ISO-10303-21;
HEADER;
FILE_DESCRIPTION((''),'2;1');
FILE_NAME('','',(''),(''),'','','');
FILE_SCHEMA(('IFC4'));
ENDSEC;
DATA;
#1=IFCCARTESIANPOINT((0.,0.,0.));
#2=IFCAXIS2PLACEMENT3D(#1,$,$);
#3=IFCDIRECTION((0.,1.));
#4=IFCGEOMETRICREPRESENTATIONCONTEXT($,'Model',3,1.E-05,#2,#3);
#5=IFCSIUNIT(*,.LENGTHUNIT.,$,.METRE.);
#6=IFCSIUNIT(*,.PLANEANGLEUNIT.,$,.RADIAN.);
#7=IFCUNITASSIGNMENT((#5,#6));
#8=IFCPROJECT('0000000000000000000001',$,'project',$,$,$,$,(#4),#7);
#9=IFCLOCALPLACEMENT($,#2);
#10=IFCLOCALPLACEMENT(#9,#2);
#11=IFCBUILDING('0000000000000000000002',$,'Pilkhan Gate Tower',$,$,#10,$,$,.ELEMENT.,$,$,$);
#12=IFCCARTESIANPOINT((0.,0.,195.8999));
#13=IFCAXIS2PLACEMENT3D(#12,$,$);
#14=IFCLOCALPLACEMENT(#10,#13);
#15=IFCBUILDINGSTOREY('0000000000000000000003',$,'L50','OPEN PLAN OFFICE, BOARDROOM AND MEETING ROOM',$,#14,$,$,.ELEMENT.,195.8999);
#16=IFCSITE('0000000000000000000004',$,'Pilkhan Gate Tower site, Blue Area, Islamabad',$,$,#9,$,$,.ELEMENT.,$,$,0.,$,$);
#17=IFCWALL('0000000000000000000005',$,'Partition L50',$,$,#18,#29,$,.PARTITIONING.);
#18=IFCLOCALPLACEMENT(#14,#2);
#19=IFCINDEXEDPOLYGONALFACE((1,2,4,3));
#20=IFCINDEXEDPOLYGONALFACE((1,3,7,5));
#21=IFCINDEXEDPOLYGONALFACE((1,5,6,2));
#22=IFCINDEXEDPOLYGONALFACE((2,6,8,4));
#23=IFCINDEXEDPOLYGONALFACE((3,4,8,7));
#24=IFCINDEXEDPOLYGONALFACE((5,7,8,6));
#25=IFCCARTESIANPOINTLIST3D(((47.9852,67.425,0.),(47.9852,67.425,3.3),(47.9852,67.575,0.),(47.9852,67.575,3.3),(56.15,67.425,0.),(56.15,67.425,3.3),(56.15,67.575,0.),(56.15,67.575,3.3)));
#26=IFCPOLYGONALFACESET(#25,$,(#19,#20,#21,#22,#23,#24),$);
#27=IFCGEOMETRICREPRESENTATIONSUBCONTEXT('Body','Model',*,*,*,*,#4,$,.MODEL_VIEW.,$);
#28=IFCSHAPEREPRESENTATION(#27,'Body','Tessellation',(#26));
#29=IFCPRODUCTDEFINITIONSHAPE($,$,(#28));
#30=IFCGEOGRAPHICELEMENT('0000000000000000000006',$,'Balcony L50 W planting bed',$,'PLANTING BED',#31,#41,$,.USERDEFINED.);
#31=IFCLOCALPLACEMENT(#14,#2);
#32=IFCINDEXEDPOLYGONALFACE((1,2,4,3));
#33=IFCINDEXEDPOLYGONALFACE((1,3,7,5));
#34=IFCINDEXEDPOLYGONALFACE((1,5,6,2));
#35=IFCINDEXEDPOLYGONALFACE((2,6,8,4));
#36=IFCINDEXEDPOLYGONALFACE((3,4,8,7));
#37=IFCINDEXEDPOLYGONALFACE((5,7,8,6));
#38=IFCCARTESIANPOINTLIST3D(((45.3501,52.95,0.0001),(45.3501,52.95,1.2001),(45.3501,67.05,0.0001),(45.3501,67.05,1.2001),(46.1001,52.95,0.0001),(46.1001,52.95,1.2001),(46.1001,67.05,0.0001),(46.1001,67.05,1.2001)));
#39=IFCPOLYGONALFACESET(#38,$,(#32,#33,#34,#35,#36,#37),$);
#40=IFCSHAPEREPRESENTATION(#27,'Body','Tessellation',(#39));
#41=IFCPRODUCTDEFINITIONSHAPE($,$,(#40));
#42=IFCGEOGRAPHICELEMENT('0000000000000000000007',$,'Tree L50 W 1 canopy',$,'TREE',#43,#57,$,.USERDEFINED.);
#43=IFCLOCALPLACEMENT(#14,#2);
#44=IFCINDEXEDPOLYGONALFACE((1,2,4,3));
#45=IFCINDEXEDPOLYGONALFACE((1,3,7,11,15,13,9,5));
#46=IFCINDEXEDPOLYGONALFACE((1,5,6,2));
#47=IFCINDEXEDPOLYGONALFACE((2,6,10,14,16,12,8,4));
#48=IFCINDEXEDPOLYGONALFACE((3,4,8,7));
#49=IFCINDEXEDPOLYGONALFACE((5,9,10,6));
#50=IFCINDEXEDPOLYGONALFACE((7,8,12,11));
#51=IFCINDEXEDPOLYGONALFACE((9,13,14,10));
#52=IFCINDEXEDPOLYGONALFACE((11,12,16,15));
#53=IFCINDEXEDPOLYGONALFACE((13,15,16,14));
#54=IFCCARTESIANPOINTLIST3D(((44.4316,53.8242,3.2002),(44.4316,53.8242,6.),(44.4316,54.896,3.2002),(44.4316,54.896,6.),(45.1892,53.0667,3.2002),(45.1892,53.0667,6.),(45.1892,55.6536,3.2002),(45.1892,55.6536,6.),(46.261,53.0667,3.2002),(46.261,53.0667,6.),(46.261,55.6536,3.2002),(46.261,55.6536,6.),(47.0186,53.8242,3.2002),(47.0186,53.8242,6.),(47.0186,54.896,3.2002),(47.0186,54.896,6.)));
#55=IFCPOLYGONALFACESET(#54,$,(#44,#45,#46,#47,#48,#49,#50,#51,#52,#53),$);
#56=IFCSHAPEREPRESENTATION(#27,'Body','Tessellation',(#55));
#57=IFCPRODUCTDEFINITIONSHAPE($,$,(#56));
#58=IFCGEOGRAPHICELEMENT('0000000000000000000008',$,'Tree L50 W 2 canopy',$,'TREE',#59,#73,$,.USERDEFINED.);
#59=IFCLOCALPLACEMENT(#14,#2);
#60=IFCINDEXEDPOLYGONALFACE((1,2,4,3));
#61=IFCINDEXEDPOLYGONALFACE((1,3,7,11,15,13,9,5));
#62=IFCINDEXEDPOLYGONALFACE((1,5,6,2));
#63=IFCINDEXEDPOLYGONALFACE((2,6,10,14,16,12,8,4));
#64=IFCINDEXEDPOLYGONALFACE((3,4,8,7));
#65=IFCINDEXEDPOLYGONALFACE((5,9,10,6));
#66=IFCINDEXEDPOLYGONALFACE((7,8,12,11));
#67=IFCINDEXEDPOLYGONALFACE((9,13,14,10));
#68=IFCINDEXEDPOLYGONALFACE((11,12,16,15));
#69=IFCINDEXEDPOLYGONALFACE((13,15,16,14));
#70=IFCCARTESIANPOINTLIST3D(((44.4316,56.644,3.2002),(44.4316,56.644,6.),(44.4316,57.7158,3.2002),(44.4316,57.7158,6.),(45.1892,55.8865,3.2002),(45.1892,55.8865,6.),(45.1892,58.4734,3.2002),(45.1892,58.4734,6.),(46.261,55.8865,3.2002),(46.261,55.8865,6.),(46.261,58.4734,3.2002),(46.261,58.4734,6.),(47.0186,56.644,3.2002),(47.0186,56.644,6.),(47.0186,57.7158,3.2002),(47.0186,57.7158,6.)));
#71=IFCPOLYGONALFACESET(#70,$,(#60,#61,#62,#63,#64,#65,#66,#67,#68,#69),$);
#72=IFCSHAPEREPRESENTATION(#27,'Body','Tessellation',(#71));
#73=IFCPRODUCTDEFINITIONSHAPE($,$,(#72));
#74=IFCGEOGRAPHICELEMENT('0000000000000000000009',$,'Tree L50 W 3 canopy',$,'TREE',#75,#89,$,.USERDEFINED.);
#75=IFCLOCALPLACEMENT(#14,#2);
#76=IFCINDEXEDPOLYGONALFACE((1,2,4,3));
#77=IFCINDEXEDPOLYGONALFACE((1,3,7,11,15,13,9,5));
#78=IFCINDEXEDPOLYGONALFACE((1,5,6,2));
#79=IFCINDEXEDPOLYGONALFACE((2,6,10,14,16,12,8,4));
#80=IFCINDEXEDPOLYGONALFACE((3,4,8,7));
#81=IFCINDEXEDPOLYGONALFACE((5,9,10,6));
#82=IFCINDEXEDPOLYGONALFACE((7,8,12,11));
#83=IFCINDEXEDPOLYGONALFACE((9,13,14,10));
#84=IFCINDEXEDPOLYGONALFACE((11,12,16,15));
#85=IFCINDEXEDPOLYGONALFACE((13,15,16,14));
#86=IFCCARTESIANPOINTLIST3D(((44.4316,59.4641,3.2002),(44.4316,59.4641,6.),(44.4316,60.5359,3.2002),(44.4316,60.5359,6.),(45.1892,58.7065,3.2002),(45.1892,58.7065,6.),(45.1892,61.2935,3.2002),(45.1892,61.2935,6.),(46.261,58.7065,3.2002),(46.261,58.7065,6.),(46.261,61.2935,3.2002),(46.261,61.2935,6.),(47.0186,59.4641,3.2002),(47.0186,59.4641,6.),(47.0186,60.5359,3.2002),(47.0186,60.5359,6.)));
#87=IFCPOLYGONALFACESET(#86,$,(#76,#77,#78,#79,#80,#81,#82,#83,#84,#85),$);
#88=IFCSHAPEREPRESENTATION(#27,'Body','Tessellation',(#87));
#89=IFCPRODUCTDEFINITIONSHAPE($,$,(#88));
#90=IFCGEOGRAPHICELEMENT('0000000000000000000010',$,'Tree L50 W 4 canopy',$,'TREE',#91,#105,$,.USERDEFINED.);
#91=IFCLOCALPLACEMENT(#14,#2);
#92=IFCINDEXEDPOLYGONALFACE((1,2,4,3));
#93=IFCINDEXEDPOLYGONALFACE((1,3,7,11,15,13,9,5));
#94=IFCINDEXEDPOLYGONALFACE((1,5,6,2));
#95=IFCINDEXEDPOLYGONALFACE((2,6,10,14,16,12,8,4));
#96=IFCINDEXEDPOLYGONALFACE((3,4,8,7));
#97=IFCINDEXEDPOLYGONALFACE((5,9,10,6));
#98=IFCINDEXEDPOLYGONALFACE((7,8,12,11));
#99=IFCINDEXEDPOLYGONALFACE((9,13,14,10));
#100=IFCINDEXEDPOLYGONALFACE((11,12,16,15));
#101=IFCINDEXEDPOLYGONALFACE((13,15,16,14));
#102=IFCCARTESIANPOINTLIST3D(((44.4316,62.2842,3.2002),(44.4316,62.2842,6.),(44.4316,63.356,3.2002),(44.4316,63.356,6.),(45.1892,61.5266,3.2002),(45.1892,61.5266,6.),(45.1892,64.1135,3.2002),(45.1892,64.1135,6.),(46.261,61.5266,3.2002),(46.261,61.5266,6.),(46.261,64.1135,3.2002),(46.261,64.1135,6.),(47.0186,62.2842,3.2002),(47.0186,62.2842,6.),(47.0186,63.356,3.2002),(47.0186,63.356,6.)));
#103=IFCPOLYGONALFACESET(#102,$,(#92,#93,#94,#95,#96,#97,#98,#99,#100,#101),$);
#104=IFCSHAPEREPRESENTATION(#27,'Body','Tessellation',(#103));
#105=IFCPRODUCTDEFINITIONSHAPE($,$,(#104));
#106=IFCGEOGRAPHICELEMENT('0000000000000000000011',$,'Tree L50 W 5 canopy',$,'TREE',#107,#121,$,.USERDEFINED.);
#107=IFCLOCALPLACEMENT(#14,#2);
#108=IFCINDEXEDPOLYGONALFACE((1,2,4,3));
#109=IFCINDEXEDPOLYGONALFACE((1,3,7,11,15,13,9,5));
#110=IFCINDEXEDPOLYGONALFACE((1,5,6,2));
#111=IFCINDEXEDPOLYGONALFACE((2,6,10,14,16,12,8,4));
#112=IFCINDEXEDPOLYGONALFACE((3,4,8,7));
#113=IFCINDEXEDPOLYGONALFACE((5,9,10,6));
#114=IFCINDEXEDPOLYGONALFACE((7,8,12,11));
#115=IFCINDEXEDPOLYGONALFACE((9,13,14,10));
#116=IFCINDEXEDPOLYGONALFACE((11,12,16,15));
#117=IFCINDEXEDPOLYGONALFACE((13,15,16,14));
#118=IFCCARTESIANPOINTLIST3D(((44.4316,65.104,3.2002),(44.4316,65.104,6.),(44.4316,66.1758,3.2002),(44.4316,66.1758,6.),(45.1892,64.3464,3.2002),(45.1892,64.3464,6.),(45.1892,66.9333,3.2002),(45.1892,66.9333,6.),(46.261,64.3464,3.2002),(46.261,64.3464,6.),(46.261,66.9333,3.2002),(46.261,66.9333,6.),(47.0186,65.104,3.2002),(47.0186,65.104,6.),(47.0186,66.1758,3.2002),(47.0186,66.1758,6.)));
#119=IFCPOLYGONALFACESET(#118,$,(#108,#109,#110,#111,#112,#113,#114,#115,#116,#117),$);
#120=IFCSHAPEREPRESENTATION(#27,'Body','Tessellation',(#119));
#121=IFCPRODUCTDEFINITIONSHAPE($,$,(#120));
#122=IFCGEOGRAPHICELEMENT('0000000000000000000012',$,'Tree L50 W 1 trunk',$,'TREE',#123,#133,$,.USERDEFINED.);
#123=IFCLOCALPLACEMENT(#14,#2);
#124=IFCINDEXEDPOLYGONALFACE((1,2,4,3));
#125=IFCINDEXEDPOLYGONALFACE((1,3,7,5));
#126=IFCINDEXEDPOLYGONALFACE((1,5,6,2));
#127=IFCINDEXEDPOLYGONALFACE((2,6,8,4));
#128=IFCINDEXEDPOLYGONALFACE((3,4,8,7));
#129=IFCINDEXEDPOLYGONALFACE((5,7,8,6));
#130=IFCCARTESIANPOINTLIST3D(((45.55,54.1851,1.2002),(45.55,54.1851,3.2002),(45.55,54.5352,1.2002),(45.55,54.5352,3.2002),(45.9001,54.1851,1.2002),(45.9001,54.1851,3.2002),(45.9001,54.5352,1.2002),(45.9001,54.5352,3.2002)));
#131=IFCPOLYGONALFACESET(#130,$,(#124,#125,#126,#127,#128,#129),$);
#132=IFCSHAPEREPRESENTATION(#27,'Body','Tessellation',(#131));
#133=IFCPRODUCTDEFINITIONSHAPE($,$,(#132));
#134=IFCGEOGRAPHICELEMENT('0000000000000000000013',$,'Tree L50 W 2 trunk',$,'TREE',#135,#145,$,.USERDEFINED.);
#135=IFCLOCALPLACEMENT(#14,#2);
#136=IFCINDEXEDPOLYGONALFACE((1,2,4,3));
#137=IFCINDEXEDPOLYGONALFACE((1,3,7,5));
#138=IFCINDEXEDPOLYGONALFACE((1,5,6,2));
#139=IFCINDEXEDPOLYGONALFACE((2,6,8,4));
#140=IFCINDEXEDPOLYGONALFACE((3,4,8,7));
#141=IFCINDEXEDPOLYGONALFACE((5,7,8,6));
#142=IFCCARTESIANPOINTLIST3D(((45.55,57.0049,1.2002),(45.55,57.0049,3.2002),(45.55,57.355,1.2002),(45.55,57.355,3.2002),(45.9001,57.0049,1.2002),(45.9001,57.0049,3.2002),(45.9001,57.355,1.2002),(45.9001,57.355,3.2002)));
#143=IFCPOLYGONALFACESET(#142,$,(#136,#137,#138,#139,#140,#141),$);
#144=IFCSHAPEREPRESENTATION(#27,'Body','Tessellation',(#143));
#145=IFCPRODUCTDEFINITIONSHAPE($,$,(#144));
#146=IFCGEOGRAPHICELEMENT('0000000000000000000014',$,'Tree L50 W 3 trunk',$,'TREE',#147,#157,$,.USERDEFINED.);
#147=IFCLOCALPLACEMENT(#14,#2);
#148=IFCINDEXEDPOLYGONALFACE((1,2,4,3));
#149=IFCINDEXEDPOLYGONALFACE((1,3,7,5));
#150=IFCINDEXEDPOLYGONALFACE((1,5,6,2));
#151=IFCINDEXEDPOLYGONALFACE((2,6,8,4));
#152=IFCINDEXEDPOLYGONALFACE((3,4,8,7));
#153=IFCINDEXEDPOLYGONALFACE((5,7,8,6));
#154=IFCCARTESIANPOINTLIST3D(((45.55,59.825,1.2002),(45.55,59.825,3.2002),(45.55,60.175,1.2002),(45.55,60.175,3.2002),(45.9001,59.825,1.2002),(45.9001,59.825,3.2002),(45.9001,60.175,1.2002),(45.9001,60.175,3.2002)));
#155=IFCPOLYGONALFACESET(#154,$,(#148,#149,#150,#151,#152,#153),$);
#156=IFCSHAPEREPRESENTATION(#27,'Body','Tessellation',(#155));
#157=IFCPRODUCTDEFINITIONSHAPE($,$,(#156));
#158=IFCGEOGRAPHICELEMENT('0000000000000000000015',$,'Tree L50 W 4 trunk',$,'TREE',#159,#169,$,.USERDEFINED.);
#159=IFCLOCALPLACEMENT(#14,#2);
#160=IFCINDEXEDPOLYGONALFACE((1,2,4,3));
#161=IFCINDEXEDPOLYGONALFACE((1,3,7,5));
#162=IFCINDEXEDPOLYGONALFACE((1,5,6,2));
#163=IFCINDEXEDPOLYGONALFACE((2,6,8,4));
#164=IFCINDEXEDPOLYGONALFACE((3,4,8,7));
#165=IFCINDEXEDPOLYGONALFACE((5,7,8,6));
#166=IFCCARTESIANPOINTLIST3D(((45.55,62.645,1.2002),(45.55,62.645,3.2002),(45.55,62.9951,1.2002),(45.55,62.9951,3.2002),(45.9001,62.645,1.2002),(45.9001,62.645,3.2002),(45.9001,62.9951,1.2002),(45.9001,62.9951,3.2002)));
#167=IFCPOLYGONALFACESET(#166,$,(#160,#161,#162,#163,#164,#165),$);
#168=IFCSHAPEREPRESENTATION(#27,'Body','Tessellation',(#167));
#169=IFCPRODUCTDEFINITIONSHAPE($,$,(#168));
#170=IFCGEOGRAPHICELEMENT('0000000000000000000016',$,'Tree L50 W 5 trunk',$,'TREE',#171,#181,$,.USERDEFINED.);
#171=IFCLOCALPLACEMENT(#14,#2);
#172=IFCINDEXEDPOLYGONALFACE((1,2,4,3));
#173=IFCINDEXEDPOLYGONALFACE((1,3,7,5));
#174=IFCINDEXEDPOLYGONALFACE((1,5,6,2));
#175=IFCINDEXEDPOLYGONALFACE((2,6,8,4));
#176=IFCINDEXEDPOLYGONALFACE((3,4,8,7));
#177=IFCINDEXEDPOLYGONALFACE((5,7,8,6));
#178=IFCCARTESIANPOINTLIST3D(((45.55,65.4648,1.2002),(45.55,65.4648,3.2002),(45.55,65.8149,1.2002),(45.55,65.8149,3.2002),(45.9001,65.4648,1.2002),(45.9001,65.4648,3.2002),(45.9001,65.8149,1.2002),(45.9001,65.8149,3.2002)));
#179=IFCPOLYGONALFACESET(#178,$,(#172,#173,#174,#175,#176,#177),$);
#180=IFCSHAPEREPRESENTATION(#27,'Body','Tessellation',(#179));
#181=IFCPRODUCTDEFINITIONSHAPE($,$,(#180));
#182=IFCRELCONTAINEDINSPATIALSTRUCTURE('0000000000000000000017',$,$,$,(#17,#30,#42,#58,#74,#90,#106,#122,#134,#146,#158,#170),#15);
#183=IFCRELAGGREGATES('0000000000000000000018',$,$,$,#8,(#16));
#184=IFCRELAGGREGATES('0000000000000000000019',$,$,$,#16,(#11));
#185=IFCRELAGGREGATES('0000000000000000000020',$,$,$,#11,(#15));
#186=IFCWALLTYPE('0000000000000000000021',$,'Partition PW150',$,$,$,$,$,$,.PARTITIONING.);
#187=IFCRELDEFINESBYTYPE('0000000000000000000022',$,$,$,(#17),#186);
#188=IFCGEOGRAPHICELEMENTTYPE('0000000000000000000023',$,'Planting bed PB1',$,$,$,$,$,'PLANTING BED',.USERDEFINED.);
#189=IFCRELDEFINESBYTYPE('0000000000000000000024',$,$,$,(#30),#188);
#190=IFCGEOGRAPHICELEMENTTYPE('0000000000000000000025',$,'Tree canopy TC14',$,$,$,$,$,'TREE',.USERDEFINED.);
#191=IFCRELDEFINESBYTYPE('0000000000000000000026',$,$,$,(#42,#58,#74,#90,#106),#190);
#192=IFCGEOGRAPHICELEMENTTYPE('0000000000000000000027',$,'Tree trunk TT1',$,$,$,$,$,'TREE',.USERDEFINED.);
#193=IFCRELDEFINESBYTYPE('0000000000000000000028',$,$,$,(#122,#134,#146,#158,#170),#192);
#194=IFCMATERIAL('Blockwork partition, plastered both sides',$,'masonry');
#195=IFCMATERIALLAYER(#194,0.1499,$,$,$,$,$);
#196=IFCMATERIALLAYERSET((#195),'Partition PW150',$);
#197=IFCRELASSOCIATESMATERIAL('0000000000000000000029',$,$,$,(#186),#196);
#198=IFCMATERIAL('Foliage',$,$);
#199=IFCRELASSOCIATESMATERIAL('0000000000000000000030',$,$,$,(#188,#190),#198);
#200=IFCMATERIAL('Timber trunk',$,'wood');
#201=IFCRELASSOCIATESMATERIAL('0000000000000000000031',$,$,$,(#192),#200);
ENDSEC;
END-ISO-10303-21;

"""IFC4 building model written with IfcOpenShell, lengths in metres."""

from ifc_helpers import new_model, si_unit, direction, frame, frame_2d, origin, origin_2d, place, context, subcontext, project, spatial, polyline, rectangle, outline, extrude, material, layer, layer_set, material_profile, profile_set, type_object, element, save


model = new_model("IFC4")

# Units and contexts
model_context = context("Model", 3, precision=1e-05, world=origin(), true_north=direction((0.0, 1.0)))
body_context = subcontext(model_context, "Body", "Model", "MODEL_VIEW")
ifc_project = project(units=[si_unit("LENGTHUNIT", "METRE"), si_unit("PLANEANGLEUNIT", "RADIAN")], contexts=[model_context])

# Site, building, storey
site_placement = place(None, origin())
site = spatial("IfcSite", under=ifc_project, at=site_placement, Name="Pilkhan Gate Tower site, Blue Area, Islamabad", CompositionType="ELEMENT", RefElevation=0.0)
building_placement = place(site_placement, origin())
building = spatial("IfcBuilding", under=site, at=building_placement, Name="Pilkhan Gate Tower", CompositionType="ELEMENT")
storey_placement = place(building_placement, frame((0.0, 0.0, 195.8999)))
storey = spatial("IfcBuildingStorey", under=building, at=storey_placement, Name="L50", Description="OPEN PLAN OFFICE, BOARDROOM AND MEETING ROOM", CompositionType="ELEMENT", Elevation=195.8999)

# Wall
ifc_material_1 = material(Name="Blockwork partition, plastered both sides", Category="masonry")
ifc_layer_1 = layer(ifc_material_1, 0.1499)
ifc_layer_set_1 = layer_set([ifc_layer_1], Name="Partition PW150")
wall_type_1 = type_object("IfcWallType", Name="Partition PW150", PredefinedType="PARTITIONING", material=ifc_layer_set_1)
wall_1_placement = place(storey_placement, frame((47.9851, 67.5, 0.0), z_axis=(0.0, 0.0, 1.0), x_axis=(1.0, 0.0, 0.0)))
element("IfcWall", 1, at=wall_1_placement, inside=storey, type_object=wall_type_1, Name="Partition L50", PredefinedType="PARTITIONING", context=body_context, shape_type="SweptSolid", body=[
    extrude(rectangle(XDim=8.1648, YDim=0.1499, at=frame_2d((4.0825, 0.0))), origin(), (0.0, 0.0, 1.0), 3.3),
])

# Geographic elements
ifc_material_2 = material(Name="Foliage")
ifc_material_profile_1 = material_profile(ifc_material_2, rectangle(XDim=0.75, YDim=1.2, at=origin_2d()), Name="Bed 750x1200")
ifc_profile_set_1 = profile_set([ifc_material_profile_1], Name="Foliage")
geographic_element_type_1 = type_object("IfcGeographicElementType", Name="Planting bed PB1", ElementType="PLANTING BED", PredefinedType="USERDEFINED", material=ifc_profile_set_1)
geographic_element_placement = place(storey_placement, frame((45.7251, 52.95, 0.6001), z_axis=(0.0, 1.0, 0.0), x_axis=(-1.0, 0.0, 0.0)))
element("IfcGeographicElement", 2, at=geographic_element_placement, inside=storey, type_object=geographic_element_type_1, Name="Balcony L50 W planting bed", ObjectType="PLANTING BED", PredefinedType="USERDEFINED", context=body_context, shape_type="SweptSolid", body=[
    extrude(rectangle(XDim=0.75, YDim=1.2, at=origin_2d()), origin(), (0.0, 0.0, 1.0), 14.1001),
])
ifc_material_profile_2 = material_profile(ifc_material_2, outline(polyline([(1.2935, 0.5359), (0.5359, 1.2935), (-0.5359, 1.2935), (-1.2935, 0.5359), (-1.2935, -0.5359), (-0.5359, -1.2935), (0.5359, -1.2935), (1.2935, -0.5359), (1.2935, 0.5359)])), Name="Canopy D2.8")
ifc_profile_set_2 = profile_set([ifc_material_profile_2], Name="Foliage")
geographic_element_type_2 = type_object("IfcGeographicElementType", Name="Tree canopy TC14", ElementType="TREE", PredefinedType="USERDEFINED", material=ifc_profile_set_2)
for number, where, z_axis, x_axis, name in (
    (3, (45.7251, 54.3601, 3.2002), (0.0, 0.0, 1.0), (1.0, 0.0, 0.0), "Tree L50 W 1 canopy"),
    (4, (45.7251, 57.1799, 3.2002), (0.0, 0.0, 1.0), (1.0, 0.0, 0.0), "Tree L50 W 2 canopy"),
    (5, (45.7251, 60.0, 3.2002), (0.0, 0.0, 1.0), (1.0, 0.0, 0.0), "Tree L50 W 3 canopy"),
    (6, (45.7251, 62.8201, 3.2002), (0.0, 0.0, 1.0), (1.0, 0.0, 0.0), "Tree L50 W 4 canopy"),
    (7, (45.7251, 65.6399, 3.2002), (0.0, 0.0, 1.0), (1.0, 0.0, 0.0), "Tree L50 W 5 canopy"),
):
    element("IfcGeographicElement", number, at=place(storey_placement, frame(where, z_axis=z_axis, x_axis=x_axis)), inside=storey, type_object=geographic_element_type_2, Name=name, ObjectType="TREE", PredefinedType="USERDEFINED", context=body_context, shape_type="SweptSolid", body=[
        extrude(outline(polyline([(1.2935, 0.5359), (0.5359, 1.2935), (-0.5359, 1.2935), (-1.2935, 0.5359), (-1.2935, -0.5359), (-0.5359, -1.2935), (0.5359, -1.2935), (1.2935, -0.5359), (1.2935, 0.5359)])), origin(), (0.0, 0.0, 1.0), 2.7998),
    ])
ifc_material_3 = material(Name="Timber trunk", Category="wood")
geographic_element_type_3 = type_object("IfcGeographicElementType", Name="Tree trunk TT1", ElementType="TREE", PredefinedType="USERDEFINED", material=ifc_material_3)
for number, where, z_axis, x_axis, name in (
    (8, (45.7251, 54.3601, 1.2002), (0.0, 0.0, 1.0), (1.0, 0.0, 0.0), "Tree L50 W 1 trunk"),
    (9, (45.7251, 57.1799, 1.2002), (0.0, 0.0, 1.0), (1.0, 0.0, 0.0), "Tree L50 W 2 trunk"),
    (10, (45.7251, 60.0, 1.2002), (0.0, 0.0, 1.0), (1.0, 0.0, 0.0), "Tree L50 W 3 trunk"),
    (11, (45.7251, 62.8201, 1.2002), (0.0, 0.0, 1.0), (1.0, 0.0, 0.0), "Tree L50 W 4 trunk"),
    (12, (45.7251, 65.6399, 1.2002), (0.0, 0.0, 1.0), (1.0, 0.0, 0.0), "Tree L50 W 5 trunk"),
):
    element("IfcGeographicElement", number, at=place(storey_placement, frame(where, z_axis=z_axis, x_axis=x_axis)), inside=storey, type_object=geographic_element_type_3, Name=name, ObjectType="TREE", PredefinedType="USERDEFINED", context=body_context, shape_type="SweptSolid", body=[
        extrude(rectangle(XDim=0.3501, YDim=0.3501, at=origin_2d()), origin(), (0.0, 0.0, 1.0), 2.0),
    ])

save(model, "model.ifc")
